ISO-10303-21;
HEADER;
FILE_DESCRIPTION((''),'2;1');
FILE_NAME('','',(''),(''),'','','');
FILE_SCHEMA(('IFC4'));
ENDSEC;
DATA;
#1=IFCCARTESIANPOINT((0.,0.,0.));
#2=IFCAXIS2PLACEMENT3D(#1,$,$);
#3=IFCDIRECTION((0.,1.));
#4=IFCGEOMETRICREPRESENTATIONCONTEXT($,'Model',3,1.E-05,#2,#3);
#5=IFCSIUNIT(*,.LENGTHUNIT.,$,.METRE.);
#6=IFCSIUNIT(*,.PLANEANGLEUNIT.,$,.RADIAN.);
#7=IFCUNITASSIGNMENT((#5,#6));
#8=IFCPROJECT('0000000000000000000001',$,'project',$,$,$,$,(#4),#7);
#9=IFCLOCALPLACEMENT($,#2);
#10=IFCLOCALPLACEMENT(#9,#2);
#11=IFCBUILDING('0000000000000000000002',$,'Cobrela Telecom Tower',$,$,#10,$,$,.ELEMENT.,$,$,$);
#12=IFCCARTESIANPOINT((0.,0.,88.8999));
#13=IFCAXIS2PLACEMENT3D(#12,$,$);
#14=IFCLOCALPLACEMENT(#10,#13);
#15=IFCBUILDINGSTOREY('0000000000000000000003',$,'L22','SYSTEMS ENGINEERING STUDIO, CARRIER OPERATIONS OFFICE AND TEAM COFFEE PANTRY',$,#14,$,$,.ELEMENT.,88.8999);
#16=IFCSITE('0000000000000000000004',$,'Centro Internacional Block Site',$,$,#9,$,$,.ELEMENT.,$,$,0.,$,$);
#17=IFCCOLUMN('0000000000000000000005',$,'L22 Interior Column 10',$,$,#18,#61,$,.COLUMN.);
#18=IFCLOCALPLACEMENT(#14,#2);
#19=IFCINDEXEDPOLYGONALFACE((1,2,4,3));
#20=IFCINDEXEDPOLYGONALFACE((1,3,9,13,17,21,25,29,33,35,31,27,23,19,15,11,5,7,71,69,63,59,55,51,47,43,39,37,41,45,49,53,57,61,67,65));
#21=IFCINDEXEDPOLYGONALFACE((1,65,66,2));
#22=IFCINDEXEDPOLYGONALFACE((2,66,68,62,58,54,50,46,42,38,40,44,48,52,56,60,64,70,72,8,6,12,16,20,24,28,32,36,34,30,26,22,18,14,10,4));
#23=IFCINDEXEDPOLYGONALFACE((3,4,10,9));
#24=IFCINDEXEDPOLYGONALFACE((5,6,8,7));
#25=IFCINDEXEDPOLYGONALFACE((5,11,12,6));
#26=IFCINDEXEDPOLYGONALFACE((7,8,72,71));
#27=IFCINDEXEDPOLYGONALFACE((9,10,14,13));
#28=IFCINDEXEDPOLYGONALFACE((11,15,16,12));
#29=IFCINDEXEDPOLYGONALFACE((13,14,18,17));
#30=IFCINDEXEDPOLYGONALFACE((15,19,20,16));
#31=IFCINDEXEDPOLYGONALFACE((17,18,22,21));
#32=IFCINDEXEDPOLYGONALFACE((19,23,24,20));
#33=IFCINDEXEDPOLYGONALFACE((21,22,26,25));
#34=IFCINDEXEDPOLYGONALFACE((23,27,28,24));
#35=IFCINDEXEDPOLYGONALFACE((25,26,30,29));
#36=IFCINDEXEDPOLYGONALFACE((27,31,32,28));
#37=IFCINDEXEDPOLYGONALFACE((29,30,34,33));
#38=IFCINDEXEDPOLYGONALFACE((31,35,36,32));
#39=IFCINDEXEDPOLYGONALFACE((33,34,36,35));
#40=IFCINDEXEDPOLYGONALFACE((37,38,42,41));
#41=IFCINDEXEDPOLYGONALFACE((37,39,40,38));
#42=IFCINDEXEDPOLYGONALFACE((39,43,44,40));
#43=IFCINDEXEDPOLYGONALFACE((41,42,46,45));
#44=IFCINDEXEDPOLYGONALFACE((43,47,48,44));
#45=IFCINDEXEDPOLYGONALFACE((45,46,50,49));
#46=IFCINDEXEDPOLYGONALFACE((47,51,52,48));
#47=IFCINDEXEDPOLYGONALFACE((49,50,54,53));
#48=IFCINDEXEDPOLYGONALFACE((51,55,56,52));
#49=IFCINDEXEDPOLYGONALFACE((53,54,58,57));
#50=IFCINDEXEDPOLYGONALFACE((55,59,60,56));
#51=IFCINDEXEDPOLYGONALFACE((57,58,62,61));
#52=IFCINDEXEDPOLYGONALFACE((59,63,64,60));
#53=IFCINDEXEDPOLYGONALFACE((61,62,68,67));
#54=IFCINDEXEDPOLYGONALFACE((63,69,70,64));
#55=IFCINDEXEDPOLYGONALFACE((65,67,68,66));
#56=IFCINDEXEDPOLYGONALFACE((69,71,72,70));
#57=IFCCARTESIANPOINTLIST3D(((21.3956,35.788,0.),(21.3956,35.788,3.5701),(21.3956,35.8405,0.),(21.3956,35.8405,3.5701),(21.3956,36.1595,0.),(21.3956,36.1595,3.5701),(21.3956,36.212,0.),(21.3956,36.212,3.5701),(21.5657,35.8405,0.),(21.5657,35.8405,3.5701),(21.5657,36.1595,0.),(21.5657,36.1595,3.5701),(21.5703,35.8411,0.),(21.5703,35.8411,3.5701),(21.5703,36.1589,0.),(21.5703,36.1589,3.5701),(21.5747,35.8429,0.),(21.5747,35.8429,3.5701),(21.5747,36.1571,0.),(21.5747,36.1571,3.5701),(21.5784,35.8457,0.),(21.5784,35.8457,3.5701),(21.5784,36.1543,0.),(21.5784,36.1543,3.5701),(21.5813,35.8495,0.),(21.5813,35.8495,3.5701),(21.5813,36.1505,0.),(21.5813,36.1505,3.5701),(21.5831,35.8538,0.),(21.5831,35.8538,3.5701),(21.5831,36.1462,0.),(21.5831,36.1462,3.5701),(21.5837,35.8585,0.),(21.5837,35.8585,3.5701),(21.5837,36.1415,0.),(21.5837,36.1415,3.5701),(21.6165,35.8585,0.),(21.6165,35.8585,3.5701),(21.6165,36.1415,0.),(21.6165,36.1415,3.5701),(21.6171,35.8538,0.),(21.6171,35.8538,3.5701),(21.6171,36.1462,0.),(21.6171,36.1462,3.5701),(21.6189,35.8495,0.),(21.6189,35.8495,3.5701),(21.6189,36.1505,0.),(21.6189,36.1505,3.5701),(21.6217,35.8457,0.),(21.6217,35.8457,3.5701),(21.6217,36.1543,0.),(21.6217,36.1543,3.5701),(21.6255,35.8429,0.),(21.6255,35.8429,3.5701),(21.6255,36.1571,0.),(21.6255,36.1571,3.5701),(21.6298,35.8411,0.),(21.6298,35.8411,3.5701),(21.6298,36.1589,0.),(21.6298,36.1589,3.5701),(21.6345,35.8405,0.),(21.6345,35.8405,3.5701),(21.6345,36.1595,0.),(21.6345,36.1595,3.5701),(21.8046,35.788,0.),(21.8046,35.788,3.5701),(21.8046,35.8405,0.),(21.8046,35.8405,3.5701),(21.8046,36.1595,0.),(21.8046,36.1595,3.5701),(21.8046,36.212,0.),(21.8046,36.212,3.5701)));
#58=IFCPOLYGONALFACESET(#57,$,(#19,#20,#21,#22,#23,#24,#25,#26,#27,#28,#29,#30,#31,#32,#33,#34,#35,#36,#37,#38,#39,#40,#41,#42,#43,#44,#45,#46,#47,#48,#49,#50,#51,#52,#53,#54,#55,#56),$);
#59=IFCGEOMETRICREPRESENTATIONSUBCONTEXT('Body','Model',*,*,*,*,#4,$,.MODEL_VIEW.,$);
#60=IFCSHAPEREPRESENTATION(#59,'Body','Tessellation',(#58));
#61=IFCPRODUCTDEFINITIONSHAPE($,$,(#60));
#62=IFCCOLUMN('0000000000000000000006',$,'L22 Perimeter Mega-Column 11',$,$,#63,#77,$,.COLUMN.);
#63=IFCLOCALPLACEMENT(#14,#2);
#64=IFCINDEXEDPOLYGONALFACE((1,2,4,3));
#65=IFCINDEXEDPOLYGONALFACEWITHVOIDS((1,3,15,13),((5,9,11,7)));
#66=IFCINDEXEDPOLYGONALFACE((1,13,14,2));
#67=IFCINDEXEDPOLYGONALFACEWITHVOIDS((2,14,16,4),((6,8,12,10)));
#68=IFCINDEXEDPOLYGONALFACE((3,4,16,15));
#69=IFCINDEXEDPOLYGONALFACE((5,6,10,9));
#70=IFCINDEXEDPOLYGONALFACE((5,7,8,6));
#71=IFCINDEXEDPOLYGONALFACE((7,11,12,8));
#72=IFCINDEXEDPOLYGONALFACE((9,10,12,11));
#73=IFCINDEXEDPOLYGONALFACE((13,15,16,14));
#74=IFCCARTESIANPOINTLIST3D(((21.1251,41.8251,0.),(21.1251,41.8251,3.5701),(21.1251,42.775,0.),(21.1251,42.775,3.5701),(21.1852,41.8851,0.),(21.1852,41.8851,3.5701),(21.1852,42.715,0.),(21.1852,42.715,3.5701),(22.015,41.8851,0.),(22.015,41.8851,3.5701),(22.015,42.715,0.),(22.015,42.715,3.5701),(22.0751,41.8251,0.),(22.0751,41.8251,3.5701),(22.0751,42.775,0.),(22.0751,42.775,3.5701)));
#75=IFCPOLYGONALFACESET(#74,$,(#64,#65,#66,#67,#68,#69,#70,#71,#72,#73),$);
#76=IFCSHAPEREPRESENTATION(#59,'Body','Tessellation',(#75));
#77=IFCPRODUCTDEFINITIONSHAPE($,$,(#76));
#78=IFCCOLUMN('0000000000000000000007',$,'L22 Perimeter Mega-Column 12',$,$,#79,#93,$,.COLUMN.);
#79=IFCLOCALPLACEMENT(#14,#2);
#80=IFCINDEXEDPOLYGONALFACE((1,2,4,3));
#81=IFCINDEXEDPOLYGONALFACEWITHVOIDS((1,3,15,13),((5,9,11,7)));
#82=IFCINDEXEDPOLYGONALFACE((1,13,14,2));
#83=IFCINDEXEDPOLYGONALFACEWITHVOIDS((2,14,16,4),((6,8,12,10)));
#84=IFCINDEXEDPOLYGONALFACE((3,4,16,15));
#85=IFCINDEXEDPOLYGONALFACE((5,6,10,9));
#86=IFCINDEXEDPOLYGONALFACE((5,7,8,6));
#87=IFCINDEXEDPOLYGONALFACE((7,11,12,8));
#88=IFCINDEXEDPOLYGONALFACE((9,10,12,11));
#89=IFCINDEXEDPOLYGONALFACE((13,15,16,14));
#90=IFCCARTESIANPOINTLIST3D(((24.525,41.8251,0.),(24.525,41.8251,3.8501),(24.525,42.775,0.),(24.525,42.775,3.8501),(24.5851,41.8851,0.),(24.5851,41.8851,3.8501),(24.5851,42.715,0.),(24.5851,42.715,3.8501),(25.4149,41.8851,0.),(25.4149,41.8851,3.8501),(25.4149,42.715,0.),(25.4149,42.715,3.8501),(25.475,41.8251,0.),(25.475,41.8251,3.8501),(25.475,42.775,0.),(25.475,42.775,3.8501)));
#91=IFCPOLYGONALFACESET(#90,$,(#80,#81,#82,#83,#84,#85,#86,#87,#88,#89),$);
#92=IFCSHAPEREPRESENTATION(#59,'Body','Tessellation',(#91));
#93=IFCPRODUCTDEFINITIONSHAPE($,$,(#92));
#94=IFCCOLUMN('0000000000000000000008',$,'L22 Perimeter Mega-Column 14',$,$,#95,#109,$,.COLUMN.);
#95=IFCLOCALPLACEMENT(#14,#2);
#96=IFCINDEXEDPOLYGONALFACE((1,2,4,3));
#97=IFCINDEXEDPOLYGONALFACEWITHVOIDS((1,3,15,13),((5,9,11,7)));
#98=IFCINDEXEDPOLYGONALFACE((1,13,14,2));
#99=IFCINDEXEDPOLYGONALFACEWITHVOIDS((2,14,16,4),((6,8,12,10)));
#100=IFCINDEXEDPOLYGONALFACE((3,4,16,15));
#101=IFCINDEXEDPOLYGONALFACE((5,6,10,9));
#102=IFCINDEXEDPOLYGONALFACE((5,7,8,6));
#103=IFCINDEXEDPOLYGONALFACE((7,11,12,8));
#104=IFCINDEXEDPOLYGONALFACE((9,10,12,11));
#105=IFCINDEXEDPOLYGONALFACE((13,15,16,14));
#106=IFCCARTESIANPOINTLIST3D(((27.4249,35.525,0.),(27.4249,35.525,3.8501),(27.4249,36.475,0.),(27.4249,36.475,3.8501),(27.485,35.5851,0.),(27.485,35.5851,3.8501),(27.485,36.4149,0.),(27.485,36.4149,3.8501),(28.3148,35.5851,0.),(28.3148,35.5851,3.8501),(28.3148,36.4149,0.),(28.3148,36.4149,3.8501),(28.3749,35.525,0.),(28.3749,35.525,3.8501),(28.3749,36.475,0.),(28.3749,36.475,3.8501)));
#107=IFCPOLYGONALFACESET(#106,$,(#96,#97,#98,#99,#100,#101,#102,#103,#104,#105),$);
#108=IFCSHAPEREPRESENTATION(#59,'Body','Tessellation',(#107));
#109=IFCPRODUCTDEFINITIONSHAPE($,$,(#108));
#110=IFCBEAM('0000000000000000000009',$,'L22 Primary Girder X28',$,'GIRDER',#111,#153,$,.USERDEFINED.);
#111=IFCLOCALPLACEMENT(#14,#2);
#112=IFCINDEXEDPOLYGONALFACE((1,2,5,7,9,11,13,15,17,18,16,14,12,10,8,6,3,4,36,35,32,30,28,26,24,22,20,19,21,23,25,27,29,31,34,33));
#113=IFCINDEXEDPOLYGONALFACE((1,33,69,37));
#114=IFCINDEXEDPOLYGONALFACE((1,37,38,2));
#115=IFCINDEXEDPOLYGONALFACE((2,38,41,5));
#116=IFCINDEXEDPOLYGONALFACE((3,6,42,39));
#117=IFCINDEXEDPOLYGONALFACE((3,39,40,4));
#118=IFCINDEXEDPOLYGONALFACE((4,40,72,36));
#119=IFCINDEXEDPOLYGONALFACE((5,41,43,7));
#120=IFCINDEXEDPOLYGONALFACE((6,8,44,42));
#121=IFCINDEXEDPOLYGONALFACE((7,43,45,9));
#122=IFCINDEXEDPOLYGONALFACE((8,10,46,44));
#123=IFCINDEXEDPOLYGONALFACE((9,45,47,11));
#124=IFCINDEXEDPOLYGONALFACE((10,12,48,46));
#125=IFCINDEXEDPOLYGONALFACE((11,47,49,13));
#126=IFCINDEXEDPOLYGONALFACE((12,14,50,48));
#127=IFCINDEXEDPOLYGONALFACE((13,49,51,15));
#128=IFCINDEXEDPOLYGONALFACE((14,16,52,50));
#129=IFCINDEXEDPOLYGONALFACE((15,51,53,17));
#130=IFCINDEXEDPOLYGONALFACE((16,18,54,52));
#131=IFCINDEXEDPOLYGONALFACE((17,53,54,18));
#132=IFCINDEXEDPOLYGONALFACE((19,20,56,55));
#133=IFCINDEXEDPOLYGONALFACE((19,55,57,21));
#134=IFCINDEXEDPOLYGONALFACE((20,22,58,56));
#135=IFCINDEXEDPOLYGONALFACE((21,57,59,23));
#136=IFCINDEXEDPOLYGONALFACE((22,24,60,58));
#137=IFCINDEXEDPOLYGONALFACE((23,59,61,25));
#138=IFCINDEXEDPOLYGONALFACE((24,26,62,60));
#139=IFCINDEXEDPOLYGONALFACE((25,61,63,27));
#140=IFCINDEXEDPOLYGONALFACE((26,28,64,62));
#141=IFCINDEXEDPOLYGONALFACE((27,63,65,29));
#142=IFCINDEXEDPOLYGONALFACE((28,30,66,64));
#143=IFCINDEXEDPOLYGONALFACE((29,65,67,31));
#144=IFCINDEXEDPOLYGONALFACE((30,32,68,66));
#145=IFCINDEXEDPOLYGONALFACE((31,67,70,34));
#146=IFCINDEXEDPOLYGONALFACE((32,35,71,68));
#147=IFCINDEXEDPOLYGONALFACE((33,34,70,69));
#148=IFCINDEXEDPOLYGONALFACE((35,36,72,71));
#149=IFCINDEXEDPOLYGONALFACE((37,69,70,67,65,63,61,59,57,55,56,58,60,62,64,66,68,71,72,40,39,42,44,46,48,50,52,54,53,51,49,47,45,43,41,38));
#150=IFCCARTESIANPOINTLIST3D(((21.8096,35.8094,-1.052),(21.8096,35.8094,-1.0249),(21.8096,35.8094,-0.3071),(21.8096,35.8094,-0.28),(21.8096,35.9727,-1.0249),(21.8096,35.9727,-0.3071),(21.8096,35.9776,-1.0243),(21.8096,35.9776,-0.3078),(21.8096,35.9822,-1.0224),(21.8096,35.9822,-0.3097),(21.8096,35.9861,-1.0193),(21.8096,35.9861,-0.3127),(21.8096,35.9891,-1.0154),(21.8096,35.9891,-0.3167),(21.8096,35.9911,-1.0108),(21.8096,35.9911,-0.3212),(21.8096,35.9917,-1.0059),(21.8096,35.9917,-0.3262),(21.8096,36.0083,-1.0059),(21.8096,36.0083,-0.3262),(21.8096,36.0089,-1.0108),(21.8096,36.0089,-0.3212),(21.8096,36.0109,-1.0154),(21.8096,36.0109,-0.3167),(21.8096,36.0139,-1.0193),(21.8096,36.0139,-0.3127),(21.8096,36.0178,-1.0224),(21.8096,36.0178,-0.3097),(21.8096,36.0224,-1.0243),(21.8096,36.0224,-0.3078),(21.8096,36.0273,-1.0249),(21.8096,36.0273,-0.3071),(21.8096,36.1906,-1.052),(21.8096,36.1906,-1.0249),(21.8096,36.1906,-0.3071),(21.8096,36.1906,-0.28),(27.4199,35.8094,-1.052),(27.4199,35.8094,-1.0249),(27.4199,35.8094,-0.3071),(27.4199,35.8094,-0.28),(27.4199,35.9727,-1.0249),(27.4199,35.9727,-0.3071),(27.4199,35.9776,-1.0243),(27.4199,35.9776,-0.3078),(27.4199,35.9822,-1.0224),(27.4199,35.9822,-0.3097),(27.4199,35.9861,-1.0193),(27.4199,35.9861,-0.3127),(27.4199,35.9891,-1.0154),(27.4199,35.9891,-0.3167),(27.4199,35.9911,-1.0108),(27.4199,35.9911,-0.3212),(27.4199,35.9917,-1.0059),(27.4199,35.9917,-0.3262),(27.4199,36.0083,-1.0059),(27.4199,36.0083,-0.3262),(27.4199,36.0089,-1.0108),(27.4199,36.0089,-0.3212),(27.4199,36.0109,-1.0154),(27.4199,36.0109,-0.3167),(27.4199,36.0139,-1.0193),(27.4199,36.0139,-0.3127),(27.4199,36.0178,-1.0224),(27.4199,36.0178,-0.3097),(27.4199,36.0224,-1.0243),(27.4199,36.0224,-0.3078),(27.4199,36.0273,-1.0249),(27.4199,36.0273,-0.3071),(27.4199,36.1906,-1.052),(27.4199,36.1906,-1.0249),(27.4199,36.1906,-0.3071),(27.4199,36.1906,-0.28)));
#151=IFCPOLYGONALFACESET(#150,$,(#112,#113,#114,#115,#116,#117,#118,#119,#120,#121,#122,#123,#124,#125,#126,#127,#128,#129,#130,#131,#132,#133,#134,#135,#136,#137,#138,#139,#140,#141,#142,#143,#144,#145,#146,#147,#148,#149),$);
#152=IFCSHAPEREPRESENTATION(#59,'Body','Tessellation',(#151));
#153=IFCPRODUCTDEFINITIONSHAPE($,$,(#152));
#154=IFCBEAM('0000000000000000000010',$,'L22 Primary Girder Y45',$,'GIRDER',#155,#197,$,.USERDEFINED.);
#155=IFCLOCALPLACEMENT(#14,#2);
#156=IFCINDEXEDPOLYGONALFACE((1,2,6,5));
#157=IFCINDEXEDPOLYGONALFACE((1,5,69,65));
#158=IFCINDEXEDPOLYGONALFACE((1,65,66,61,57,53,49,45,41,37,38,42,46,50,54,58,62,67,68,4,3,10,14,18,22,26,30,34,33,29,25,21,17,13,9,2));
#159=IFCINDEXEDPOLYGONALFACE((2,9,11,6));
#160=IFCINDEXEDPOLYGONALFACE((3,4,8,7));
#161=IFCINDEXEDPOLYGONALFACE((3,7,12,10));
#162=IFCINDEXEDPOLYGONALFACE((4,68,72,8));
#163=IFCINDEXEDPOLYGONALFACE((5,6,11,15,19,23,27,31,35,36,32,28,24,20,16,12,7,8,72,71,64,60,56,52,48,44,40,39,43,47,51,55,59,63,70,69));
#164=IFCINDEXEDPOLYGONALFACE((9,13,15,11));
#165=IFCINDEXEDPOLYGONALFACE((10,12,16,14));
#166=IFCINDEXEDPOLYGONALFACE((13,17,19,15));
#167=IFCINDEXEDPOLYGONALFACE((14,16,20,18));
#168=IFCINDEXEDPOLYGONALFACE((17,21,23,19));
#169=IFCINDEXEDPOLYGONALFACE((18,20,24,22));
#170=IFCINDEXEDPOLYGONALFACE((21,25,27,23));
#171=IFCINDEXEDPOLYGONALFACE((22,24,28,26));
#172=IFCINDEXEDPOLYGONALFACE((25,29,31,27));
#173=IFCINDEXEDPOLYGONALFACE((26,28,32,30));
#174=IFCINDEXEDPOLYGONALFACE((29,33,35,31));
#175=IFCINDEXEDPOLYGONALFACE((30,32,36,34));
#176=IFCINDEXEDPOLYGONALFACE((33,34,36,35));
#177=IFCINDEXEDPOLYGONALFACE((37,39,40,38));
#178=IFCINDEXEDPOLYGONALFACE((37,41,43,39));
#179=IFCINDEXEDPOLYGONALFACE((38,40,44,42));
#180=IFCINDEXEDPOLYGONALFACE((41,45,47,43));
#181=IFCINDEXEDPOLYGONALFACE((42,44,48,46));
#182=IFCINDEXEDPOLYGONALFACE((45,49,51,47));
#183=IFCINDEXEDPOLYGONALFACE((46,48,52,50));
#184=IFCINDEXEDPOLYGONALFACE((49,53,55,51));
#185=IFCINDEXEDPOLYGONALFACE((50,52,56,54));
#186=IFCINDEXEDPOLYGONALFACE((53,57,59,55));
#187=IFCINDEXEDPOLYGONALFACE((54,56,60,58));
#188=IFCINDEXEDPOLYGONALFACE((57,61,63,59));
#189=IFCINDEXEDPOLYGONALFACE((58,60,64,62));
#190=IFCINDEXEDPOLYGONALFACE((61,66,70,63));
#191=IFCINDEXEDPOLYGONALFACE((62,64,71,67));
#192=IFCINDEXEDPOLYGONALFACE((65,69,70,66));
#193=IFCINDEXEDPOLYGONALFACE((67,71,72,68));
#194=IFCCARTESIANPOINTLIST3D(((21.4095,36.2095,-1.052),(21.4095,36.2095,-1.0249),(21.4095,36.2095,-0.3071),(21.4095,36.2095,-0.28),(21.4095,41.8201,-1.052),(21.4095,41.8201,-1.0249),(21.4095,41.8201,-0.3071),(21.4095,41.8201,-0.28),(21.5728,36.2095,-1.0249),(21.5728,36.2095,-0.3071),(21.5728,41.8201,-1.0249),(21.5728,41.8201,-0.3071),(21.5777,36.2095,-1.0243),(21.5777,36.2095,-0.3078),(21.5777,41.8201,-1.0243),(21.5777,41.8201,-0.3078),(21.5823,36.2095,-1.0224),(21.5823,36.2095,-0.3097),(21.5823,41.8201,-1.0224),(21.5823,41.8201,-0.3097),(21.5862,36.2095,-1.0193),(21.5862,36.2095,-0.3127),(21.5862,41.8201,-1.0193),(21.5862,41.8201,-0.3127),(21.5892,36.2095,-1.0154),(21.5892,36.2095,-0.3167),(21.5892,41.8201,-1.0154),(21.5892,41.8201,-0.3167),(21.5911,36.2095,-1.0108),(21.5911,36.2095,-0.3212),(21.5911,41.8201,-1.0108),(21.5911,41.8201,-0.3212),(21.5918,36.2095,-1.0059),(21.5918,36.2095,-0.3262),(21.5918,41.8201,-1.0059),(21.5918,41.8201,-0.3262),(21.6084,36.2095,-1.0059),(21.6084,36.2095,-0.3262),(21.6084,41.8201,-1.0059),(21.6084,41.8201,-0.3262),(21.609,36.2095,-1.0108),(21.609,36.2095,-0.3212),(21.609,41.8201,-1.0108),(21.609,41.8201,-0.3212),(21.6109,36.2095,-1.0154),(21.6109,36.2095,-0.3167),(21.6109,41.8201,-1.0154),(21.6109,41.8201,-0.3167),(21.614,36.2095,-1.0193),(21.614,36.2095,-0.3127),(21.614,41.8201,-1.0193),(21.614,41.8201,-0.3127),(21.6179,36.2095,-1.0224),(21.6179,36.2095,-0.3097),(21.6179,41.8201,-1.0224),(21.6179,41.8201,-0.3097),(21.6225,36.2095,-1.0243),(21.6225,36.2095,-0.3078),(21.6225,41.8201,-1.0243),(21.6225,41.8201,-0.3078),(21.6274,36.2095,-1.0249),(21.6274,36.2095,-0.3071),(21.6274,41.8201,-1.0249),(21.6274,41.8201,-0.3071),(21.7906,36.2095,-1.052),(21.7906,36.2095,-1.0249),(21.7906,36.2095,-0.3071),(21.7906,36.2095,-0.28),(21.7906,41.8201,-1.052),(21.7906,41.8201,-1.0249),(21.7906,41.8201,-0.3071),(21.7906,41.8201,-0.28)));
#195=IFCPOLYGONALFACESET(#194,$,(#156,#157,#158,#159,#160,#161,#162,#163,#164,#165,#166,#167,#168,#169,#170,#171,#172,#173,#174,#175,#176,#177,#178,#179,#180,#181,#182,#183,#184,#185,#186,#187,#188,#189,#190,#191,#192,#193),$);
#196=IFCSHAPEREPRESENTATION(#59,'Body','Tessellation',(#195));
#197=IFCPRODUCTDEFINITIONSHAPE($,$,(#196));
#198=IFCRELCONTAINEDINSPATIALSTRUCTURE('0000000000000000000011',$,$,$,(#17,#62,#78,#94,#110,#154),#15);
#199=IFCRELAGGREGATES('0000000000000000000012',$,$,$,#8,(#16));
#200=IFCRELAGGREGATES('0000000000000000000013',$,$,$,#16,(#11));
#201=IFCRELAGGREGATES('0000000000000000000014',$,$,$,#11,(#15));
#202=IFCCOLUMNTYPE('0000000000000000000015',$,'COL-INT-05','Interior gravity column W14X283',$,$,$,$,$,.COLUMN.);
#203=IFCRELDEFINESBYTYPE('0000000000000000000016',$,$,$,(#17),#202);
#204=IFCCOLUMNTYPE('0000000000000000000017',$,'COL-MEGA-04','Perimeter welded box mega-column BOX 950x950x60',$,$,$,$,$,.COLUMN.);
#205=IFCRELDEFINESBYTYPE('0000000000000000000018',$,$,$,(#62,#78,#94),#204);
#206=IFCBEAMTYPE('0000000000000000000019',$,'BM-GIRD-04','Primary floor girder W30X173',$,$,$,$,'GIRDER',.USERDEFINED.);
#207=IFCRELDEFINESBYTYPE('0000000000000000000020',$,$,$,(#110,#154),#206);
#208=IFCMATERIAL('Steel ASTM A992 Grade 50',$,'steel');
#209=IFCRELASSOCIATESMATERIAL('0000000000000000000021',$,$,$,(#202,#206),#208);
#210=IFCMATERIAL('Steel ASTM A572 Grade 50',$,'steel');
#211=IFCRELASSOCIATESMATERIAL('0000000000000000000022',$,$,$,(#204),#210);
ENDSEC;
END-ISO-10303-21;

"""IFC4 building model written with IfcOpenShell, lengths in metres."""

from ifc_helpers import new_model, si_unit, direction, frame, origin, origin_2d, place, context, subcontext, project, spatial, hollow_rectangle, i_section, extrude, material, material_profile, profile_set, type_object, element, save


model = new_model("IFC4")

# Units and contexts
model_context = context("Model", 3, precision=1e-05, world=origin(), true_north=direction((0.0, 1.0)))
body_context = subcontext(model_context, "Body", "Model", "MODEL_VIEW")
ifc_project = project(units=[si_unit("LENGTHUNIT", "METRE"), si_unit("PLANEANGLEUNIT", "RADIAN")], contexts=[model_context])

# Site, building, storey
site_placement = place(None, origin())
site = spatial("IfcSite", under=ifc_project, at=site_placement, Name="Centro Internacional Block Site", CompositionType="ELEMENT", RefElevation=0.0)
building_placement = place(site_placement, origin())
building = spatial("IfcBuilding", under=site, at=building_placement, Name="Cobrela Telecom Tower", CompositionType="ELEMENT")
storey_placement = place(building_placement, frame((0.0, 0.0, 88.8999)))
storey = spatial("IfcBuildingStorey", under=building, at=storey_placement, Name="L22", Description="SYSTEMS ENGINEERING STUDIO, CARRIER OPERATIONS OFFICE AND TEAM COFFEE PANTRY", CompositionType="ELEMENT", Elevation=88.8999)

# Columns
ifc_material_1 = material(Name="Steel ASTM A992 Grade 50", Category="steel")
ifc_material_profile_1 = material_profile(ifc_material_1, i_section(OverallWidth=0.4089, OverallDepth=0.4241, WebThickness=0.0327, FlangeThickness=0.0525, FilletRadius=0.0181, at=origin_2d()), Name="W14X283")
ifc_profile_set_1 = profile_set([ifc_material_profile_1], Name="Steel ASTM A992 Grade 50")
column_type_1 = type_object("IfcColumnType", Name="COL-INT-05", Description="Interior gravity column W14X283", PredefinedType="COLUMN", material=ifc_profile_set_1)
column_1_placement = place(storey_placement, frame((21.6001, 36.0, 0.0), z_axis=(0.0, 0.0, 1.0), x_axis=(1.0, 0.0, 0.0)))
element("IfcColumn", 1, at=column_1_placement, inside=storey, type_object=column_type_1, Name="L22 Interior Column 10", PredefinedType="COLUMN", context=body_context, shape_type="SweptSolid", body=[
    extrude(i_section(OverallWidth=0.4089, OverallDepth=0.4241, WebThickness=0.0327, FlangeThickness=0.0525, FilletRadius=0.0181, at=origin_2d()), origin(), (0.0, 0.0, 1.0), 3.5701),
])
ifc_material_2 = material(Name="Steel ASTM A572 Grade 50", Category="steel")
ifc_material_profile_2 = material_profile(ifc_material_2, hollow_rectangle(XDim=0.95, YDim=0.95, WallThickness=0.0601, at=origin_2d()), Name="BOX 950x950x60")
ifc_profile_set_2 = profile_set([ifc_material_profile_2], Name="Steel ASTM A572 Grade 50")
column_type_2 = type_object("IfcColumnType", Name="COL-MEGA-04", Description="Perimeter welded box mega-column BOX 950x950x60", PredefinedType="COLUMN", material=ifc_profile_set_2)
column_2_placement = place(storey_placement, frame((21.6001, 42.3, 0.0), z_axis=(0.0, 0.0, 1.0), x_axis=(1.0, 0.0, 0.0)))
element("IfcColumn", 2, at=column_2_placement, inside=storey, type_object=column_type_2, Name="L22 Perimeter Mega-Column 11", PredefinedType="COLUMN", context=body_context, shape_type="SweptSolid", body=[
    extrude(hollow_rectangle(XDim=0.95, YDim=0.95, WallThickness=0.0601, at=origin_2d()), origin(), (0.0, 0.0, 1.0), 3.5701),
])
for number, where, z_axis, x_axis, name in (
    (3, (25.0, 42.3, 0.0), (0.0, 0.0, 1.0), (1.0, 0.0, 0.0), "L22 Perimeter Mega-Column 12"),
    (4, (27.8999, 36.0, 0.0), (0.0, 0.0, 1.0), (1.0, 0.0, 0.0), "L22 Perimeter Mega-Column 14"),
):
    element("IfcColumn", number, at=place(storey_placement, frame(where, z_axis=z_axis, x_axis=x_axis)), inside=storey, type_object=column_type_2, Name=name, PredefinedType="COLUMN", context=body_context, shape_type="SweptSolid", body=[
        extrude(hollow_rectangle(XDim=0.95, YDim=0.95, WallThickness=0.0601, at=origin_2d()), origin(), (0.0, 0.0, 1.0), 3.8501),
    ])

# Beams
ifc_material_profile_3 = material_profile(ifc_material_1, i_section(OverallWidth=0.3811, OverallDepth=0.772, WebThickness=0.0166, FlangeThickness=0.0271, FilletRadius=0.019, at=origin_2d()), Name="W30X173")
ifc_profile_set_3 = profile_set([ifc_material_profile_3], Name="Steel ASTM A992 Grade 50")
beam_type_1 = type_object("IfcBeamType", Name="BM-GIRD-04", Description="Primary floor girder W30X173", ElementType="GIRDER", PredefinedType="USERDEFINED", material=ifc_profile_set_3)
beam_1_placement = place(storey_placement, frame((21.8096, 36.0, -0.666), z_axis=(1.0, 0.0, 0.0), x_axis=(0.0, 1.0, 0.0)))
element("IfcBeam", 5, at=beam_1_placement, inside=storey, type_object=beam_type_1, Name="L22 Primary Girder X28", ObjectType="GIRDER", PredefinedType="USERDEFINED", context=body_context, shape_type="SweptSolid", body=[
    extrude(i_section(OverallWidth=0.3811, OverallDepth=0.772, WebThickness=0.0166, FlangeThickness=0.0271, FilletRadius=0.019, at=origin_2d()), origin(), (0.0, 0.0, 1.0), 5.6104),
])
beam_2_placement = place(storey_placement, frame((21.6001, 36.2095, -0.666), z_axis=(0.0, 1.0, 0.0), x_axis=(-1.0, 0.0, 0.0)))
element("IfcBeam", 6, at=beam_2_placement, inside=storey, type_object=beam_type_1, Name="L22 Primary Girder Y45", ObjectType="GIRDER", PredefinedType="USERDEFINED", context=body_context, shape_type="SweptSolid", body=[
    extrude(i_section(OverallWidth=0.3811, OverallDepth=0.772, WebThickness=0.0166, FlangeThickness=0.0271, FilletRadius=0.019, at=origin_2d()), origin(), (0.0, 0.0, 1.0), 5.6106),
])

save(model, "model.ifc")
